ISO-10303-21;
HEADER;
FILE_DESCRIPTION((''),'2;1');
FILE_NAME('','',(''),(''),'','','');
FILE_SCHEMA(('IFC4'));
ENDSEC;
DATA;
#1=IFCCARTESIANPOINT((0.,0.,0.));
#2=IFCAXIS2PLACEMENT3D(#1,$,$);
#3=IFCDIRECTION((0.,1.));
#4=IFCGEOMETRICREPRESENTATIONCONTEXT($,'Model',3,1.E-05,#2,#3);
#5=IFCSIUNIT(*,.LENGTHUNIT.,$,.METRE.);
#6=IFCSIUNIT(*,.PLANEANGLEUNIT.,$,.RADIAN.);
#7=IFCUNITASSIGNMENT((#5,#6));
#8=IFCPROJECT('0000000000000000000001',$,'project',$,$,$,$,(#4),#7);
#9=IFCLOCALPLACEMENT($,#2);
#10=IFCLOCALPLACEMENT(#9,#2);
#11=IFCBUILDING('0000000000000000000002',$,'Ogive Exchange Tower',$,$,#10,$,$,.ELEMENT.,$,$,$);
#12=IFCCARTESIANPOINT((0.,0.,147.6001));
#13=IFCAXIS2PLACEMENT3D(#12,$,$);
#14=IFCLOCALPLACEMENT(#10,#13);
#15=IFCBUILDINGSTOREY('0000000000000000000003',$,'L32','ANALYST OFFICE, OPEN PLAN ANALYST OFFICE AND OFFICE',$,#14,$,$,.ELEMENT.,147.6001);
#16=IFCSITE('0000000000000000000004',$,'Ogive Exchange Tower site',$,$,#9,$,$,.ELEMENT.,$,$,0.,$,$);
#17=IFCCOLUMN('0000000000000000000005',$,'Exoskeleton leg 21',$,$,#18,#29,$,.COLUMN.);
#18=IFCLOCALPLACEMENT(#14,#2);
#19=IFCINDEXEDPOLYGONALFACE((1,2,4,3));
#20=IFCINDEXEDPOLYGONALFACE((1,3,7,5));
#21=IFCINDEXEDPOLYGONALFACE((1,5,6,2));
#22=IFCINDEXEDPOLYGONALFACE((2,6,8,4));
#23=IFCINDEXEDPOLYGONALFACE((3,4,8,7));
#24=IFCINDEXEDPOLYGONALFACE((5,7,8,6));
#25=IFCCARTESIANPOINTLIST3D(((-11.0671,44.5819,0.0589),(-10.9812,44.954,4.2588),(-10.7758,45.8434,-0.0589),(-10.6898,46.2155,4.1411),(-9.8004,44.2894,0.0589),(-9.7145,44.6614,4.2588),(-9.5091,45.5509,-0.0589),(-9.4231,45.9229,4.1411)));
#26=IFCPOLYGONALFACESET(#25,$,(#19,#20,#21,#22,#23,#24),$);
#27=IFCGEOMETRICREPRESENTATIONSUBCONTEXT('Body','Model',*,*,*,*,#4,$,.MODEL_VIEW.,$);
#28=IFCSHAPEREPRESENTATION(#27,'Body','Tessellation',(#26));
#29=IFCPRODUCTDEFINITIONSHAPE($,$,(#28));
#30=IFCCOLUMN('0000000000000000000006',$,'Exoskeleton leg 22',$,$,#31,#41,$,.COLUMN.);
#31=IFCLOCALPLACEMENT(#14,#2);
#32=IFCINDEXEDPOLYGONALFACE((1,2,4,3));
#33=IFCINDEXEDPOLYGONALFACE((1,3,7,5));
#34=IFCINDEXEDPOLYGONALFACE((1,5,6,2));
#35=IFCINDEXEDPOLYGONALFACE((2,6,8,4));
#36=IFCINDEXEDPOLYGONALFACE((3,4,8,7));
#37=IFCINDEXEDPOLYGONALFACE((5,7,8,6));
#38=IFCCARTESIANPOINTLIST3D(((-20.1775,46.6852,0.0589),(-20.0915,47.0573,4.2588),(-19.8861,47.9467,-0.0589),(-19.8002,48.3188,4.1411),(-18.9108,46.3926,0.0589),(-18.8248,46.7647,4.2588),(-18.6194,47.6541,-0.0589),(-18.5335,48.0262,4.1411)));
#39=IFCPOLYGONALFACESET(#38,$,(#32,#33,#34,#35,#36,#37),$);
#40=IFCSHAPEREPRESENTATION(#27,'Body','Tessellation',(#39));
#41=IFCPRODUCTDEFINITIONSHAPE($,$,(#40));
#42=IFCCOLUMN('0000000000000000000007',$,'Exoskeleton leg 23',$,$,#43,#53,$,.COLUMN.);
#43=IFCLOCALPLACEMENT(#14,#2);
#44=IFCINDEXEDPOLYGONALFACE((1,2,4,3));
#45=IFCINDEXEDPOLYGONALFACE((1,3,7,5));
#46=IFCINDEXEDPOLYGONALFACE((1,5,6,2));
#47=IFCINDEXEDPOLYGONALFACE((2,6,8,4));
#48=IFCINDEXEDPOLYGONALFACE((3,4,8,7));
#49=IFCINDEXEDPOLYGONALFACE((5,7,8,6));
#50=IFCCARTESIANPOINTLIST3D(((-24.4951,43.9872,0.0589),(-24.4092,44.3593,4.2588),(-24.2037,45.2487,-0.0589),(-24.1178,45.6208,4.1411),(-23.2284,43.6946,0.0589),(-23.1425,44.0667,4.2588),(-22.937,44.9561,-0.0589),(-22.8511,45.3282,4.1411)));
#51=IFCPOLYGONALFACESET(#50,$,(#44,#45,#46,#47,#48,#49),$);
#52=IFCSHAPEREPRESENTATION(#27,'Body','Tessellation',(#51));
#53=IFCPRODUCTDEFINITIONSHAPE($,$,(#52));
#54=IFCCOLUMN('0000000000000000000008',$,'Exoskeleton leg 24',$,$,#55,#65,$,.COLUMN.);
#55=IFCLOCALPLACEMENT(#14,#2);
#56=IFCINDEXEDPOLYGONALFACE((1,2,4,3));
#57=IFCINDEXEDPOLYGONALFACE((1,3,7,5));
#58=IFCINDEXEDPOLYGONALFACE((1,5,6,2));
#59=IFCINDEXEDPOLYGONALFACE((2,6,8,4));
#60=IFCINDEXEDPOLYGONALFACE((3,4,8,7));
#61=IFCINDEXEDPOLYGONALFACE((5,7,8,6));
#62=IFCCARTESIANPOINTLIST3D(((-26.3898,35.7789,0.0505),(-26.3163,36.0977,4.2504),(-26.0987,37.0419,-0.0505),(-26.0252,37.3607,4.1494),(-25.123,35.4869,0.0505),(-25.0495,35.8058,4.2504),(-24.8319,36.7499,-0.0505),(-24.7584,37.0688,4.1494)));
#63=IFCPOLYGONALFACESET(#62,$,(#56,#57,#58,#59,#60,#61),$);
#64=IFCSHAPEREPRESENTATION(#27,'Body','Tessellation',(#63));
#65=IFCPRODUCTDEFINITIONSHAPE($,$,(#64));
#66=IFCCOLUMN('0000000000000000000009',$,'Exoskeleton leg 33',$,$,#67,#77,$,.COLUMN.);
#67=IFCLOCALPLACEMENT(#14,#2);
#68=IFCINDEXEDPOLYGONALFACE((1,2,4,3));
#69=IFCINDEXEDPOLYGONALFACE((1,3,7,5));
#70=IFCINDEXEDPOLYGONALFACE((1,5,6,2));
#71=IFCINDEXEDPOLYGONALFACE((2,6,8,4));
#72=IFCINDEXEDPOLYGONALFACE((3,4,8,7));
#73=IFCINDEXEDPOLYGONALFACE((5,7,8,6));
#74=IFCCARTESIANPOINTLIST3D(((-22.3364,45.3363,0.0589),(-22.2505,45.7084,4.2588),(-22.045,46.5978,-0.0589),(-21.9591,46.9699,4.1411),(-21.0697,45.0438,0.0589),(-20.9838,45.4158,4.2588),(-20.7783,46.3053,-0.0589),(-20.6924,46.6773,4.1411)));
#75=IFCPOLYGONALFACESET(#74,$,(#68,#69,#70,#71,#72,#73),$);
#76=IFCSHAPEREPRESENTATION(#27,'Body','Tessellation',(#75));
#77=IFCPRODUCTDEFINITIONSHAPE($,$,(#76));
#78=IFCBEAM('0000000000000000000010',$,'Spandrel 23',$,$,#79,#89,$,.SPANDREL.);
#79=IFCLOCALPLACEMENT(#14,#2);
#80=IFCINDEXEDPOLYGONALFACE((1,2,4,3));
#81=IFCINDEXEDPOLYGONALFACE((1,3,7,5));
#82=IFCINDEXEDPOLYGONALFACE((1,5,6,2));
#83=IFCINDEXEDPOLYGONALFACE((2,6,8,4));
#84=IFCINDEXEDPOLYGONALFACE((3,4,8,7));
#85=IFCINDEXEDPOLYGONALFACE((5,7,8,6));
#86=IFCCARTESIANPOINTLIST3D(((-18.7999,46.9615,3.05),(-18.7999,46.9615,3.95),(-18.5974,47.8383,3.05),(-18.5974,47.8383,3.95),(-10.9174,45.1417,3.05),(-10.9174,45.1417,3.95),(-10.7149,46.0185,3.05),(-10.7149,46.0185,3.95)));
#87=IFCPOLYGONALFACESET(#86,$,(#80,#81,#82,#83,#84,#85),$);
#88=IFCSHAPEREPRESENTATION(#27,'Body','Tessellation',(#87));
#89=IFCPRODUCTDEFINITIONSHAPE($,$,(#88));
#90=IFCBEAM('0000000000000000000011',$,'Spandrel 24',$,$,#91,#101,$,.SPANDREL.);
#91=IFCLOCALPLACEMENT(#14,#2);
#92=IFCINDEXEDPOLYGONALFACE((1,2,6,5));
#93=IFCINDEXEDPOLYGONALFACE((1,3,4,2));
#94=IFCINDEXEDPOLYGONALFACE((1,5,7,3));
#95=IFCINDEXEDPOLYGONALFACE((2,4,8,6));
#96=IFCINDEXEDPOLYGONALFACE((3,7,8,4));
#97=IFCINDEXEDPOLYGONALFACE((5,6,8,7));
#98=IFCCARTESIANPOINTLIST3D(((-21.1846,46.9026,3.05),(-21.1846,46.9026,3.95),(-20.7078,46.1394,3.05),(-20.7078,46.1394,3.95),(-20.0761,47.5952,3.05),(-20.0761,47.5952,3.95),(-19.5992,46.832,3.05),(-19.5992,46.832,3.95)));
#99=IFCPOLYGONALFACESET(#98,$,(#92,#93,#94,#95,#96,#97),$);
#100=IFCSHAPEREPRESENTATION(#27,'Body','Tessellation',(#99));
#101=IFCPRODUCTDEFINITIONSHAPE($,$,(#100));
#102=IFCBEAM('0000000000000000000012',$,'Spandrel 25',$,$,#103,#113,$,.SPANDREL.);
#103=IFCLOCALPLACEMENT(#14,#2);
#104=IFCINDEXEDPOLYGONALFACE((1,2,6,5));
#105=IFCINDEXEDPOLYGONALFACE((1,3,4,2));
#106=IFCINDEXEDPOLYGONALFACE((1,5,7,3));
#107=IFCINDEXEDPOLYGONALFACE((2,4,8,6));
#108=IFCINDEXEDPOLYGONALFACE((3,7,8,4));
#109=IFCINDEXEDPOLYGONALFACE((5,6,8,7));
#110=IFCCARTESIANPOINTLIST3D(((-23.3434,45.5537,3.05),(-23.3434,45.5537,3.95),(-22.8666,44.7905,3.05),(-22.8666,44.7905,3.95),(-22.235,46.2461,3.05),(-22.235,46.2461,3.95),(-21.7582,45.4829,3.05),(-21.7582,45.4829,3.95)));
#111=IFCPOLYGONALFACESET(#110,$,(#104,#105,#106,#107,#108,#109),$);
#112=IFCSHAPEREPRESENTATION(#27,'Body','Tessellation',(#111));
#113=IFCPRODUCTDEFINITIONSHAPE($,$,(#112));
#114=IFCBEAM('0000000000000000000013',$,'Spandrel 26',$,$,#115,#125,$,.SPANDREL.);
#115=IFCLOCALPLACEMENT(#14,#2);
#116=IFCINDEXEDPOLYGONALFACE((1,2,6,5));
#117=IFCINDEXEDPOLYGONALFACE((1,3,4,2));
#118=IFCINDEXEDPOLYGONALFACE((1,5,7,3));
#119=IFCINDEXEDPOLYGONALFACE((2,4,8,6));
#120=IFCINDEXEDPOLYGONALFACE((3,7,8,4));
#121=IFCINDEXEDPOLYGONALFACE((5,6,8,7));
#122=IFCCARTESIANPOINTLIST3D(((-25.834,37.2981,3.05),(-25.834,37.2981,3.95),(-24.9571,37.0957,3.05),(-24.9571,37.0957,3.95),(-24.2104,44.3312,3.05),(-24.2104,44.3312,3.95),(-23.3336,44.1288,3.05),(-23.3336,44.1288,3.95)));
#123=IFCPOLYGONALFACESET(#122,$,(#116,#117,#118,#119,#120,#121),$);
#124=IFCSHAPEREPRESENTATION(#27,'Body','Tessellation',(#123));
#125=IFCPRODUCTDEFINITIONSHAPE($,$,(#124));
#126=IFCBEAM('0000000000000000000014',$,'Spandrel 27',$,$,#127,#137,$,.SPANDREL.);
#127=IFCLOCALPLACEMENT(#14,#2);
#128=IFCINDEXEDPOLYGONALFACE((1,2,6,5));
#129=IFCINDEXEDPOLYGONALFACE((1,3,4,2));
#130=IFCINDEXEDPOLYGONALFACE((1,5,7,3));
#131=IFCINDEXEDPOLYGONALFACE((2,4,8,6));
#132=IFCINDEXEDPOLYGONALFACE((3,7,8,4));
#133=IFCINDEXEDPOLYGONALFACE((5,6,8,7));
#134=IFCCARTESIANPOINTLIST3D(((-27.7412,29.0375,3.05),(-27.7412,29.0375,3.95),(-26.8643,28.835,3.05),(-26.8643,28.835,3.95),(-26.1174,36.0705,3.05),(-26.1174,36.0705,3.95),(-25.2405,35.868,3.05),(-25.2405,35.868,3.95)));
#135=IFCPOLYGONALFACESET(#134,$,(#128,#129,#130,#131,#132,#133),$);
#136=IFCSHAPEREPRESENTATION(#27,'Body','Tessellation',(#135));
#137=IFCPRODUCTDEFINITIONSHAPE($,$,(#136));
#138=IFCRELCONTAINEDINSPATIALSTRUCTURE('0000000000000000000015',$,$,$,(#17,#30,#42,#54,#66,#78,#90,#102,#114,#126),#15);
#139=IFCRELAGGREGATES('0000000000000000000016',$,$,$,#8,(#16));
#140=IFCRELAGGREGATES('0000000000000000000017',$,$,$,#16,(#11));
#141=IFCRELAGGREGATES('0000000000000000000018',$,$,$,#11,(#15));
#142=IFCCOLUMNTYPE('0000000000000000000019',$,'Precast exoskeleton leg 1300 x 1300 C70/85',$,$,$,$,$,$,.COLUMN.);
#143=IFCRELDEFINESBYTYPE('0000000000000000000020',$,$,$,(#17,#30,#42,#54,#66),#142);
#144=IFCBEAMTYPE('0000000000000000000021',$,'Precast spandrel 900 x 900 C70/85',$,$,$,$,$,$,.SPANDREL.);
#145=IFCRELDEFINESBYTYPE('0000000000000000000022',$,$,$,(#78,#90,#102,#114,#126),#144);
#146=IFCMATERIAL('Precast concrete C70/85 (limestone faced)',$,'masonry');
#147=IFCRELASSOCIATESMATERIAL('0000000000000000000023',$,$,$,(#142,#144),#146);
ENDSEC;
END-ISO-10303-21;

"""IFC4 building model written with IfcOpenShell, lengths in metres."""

from ifc_helpers import new_model, si_unit, direction, frame, origin, origin_2d, place, context, subcontext, project, spatial, rectangle, extrude, material, material_profile, profile_set, type_object, element, save


model = new_model("IFC4")

# Units and contexts
model_context = context("Model", 3, precision=1e-05, world=origin(), true_north=direction((0.0, 1.0)))
body_context = subcontext(model_context, "Body", "Model", "MODEL_VIEW")
ifc_project = project(units=[si_unit("LENGTHUNIT", "METRE"), si_unit("PLANEANGLEUNIT", "RADIAN")], contexts=[model_context])

# Site, building, storey
site_placement = place(None, origin())
site = spatial("IfcSite", under=ifc_project, at=site_placement, Name="Ogive Exchange Tower site", CompositionType="ELEMENT", RefElevation=0.0)
building_placement = place(site_placement, origin())
building = spatial("IfcBuilding", under=site, at=building_placement, Name="Ogive Exchange Tower", CompositionType="ELEMENT")
storey_placement = place(building_placement, frame((0.0, 0.0, 147.6001)))
storey = spatial("IfcBuildingStorey", under=building, at=storey_placement, Name="L32", Description="ANALYST OFFICE, OPEN PLAN ANALYST OFFICE AND OFFICE", CompositionType="ELEMENT", Elevation=147.6001)

# Columns
ifc_material_1 = material(Name="Precast concrete C70/85 (limestone faced)", Category="masonry")
ifc_material_profile_1 = material_profile(ifc_material_1, rectangle(XDim=1.3, YDim=1.3, at=origin_2d()), Name="1300 x 1300")
ifc_profile_set_1 = profile_set([ifc_material_profile_1], Name="Precast concrete C70/85 (limestone faced)")
column_type = type_object("IfcColumnType", Name="Precast exoskeleton leg 1300 x 1300 C70/85", PredefinedType="COLUMN", material=ifc_profile_set_1)
for number, where, z_axis, x_axis, name in (
    (1, (-10.2881, 45.0664, 0.0), (0.020377, 0.088225, 0.995892), (-0.974348, 0.225046, 0.0), "Exoskeleton leg 21"),
    (2, (-19.3984, 47.1697, 0.0), (0.020377, 0.088225, 0.995892), (-0.974348, 0.225046, 0.0), "Exoskeleton leg 22"),
    (3, (-23.7161, 44.4717, 0.0), (0.020377, 0.088225, 0.995892), (-0.974348, 0.225046, 0.0), "Exoskeleton leg 23"),
):
    element("IfcColumn", number, at=place(storey_placement, frame(where, z_axis=z_axis, x_axis=x_axis)), inside=storey, type_object=column_type, Name=name, PredefinedType="COLUMN", context=body_context, shape_type="SweptSolid", body=[
        extrude(rectangle(XDim=1.3, YDim=1.3, at=origin_2d()), origin(), (0.0, 0.0, 1.0), 4.2173),
    ])
column_1_placement = place(storey_placement, frame((-25.6108, 36.2644, 0.0), z_axis=(0.017444, 0.075688, 0.996979), x_axis=(-0.974454, 0.224587, 0.0)))
element("IfcColumn", 4, at=column_1_placement, inside=storey, type_object=column_type, Name="Exoskeleton leg 24", PredefinedType="COLUMN", context=body_context, shape_type="SweptSolid", body=[
    extrude(rectangle(XDim=1.3, YDim=1.3, at=origin_2d()), origin(), (0.0, 0.0, 1.0), 4.2126),
])
column_2_placement = place(storey_placement, frame((-21.5574, 45.8208, 0.0), z_axis=(0.020377, 0.088225, 0.995892), x_axis=(-0.974348, 0.225046, 0.0)))
element("IfcColumn", 5, at=column_2_placement, inside=storey, type_object=column_type, Name="Exoskeleton leg 33", PredefinedType="COLUMN", context=body_context, shape_type="SweptSolid", body=[
    extrude(rectangle(XDim=1.3, YDim=1.3, at=origin_2d()), origin(), (0.0, 0.0, 1.0), 4.2173),
])

# Beams
ifc_material_profile_2 = material_profile(ifc_material_1, rectangle(XDim=0.8999, YDim=0.8999, at=origin_2d()), Name="900 x 900")
ifc_profile_set_2 = profile_set([ifc_material_profile_2], Name="Precast concrete C70/85 (limestone faced)")
beam_type = type_object("IfcBeamType", Name="Precast spandrel 900 x 900 C70/85", PredefinedType="SPANDREL", material=ifc_profile_set_2)
beam_1_placement = place(storey_placement, frame((-10.8162, 45.5801, 3.5), z_axis=(-0.97437, 0.22495, 0.0), x_axis=(-0.22495, -0.97437, 0.0)))
element("IfcBeam", 6, at=beam_1_placement, inside=storey, type_object=beam_type, Name="Spandrel 23", PredefinedType="SPANDREL", context=body_context, shape_type="SweptSolid", body=[
    extrude(rectangle(XDim=0.8999, YDim=0.8999, at=origin_2d()), origin(), (0.0, 0.0, 1.0), 8.0898),
])
beam_2_placement = place(storey_placement, frame((-19.8376, 47.2136, 3.5), z_axis=(-0.848093, -0.529848, 0.0), x_axis=(0.529848, -0.848093, 0.0)))
element("IfcBeam", 7, at=beam_2_placement, inside=storey, type_object=beam_type, Name="Spandrel 24", PredefinedType="SPANDREL", context=body_context, shape_type="SweptSolid", body=[
    extrude(rectangle(XDim=0.8999, YDim=0.8999, at=origin_2d()), origin(), (0.0, 0.0, 1.0), 1.3071),
])
beam_3_placement = place(storey_placement, frame((-21.9966, 45.8645, 3.5), z_axis=(-0.848124, -0.529797, 0.0), x_axis=(0.529797, -0.848124, 0.0)))
element("IfcBeam", 8, at=beam_3_placement, inside=storey, type_object=beam_type, Name="Spandrel 25", PredefinedType="SPANDREL", context=body_context, shape_type="SweptSolid", body=[
    extrude(rectangle(XDim=0.8999, YDim=0.8999, at=origin_2d()), origin(), (0.0, 0.0, 1.0), 1.3069),
])
for number, where, z_axis, x_axis, name in (
    (9, (-23.772, 44.23, 3.5), (-0.224931, -0.974375, 0.0), (0.974375, -0.224931, 0.0), "Spandrel 26"),
    (10, (-25.679, 35.9692, 3.5), (-0.224963, -0.974367, 0.0), (0.974367, -0.224963, 0.0), "Spandrel 27"),
):
    element("IfcBeam", number, at=place(storey_placement, frame(where, z_axis=z_axis, x_axis=x_axis)), inside=storey, type_object=beam_type, Name=name, PredefinedType="SPANDREL", context=body_context, shape_type="SweptSolid", body=[
        extrude(rectangle(XDim=0.8999, YDim=0.8999, at=origin_2d()), origin(), (0.0, 0.0, 1.0), 7.218),
    ])

save(model, "model.ifc")
